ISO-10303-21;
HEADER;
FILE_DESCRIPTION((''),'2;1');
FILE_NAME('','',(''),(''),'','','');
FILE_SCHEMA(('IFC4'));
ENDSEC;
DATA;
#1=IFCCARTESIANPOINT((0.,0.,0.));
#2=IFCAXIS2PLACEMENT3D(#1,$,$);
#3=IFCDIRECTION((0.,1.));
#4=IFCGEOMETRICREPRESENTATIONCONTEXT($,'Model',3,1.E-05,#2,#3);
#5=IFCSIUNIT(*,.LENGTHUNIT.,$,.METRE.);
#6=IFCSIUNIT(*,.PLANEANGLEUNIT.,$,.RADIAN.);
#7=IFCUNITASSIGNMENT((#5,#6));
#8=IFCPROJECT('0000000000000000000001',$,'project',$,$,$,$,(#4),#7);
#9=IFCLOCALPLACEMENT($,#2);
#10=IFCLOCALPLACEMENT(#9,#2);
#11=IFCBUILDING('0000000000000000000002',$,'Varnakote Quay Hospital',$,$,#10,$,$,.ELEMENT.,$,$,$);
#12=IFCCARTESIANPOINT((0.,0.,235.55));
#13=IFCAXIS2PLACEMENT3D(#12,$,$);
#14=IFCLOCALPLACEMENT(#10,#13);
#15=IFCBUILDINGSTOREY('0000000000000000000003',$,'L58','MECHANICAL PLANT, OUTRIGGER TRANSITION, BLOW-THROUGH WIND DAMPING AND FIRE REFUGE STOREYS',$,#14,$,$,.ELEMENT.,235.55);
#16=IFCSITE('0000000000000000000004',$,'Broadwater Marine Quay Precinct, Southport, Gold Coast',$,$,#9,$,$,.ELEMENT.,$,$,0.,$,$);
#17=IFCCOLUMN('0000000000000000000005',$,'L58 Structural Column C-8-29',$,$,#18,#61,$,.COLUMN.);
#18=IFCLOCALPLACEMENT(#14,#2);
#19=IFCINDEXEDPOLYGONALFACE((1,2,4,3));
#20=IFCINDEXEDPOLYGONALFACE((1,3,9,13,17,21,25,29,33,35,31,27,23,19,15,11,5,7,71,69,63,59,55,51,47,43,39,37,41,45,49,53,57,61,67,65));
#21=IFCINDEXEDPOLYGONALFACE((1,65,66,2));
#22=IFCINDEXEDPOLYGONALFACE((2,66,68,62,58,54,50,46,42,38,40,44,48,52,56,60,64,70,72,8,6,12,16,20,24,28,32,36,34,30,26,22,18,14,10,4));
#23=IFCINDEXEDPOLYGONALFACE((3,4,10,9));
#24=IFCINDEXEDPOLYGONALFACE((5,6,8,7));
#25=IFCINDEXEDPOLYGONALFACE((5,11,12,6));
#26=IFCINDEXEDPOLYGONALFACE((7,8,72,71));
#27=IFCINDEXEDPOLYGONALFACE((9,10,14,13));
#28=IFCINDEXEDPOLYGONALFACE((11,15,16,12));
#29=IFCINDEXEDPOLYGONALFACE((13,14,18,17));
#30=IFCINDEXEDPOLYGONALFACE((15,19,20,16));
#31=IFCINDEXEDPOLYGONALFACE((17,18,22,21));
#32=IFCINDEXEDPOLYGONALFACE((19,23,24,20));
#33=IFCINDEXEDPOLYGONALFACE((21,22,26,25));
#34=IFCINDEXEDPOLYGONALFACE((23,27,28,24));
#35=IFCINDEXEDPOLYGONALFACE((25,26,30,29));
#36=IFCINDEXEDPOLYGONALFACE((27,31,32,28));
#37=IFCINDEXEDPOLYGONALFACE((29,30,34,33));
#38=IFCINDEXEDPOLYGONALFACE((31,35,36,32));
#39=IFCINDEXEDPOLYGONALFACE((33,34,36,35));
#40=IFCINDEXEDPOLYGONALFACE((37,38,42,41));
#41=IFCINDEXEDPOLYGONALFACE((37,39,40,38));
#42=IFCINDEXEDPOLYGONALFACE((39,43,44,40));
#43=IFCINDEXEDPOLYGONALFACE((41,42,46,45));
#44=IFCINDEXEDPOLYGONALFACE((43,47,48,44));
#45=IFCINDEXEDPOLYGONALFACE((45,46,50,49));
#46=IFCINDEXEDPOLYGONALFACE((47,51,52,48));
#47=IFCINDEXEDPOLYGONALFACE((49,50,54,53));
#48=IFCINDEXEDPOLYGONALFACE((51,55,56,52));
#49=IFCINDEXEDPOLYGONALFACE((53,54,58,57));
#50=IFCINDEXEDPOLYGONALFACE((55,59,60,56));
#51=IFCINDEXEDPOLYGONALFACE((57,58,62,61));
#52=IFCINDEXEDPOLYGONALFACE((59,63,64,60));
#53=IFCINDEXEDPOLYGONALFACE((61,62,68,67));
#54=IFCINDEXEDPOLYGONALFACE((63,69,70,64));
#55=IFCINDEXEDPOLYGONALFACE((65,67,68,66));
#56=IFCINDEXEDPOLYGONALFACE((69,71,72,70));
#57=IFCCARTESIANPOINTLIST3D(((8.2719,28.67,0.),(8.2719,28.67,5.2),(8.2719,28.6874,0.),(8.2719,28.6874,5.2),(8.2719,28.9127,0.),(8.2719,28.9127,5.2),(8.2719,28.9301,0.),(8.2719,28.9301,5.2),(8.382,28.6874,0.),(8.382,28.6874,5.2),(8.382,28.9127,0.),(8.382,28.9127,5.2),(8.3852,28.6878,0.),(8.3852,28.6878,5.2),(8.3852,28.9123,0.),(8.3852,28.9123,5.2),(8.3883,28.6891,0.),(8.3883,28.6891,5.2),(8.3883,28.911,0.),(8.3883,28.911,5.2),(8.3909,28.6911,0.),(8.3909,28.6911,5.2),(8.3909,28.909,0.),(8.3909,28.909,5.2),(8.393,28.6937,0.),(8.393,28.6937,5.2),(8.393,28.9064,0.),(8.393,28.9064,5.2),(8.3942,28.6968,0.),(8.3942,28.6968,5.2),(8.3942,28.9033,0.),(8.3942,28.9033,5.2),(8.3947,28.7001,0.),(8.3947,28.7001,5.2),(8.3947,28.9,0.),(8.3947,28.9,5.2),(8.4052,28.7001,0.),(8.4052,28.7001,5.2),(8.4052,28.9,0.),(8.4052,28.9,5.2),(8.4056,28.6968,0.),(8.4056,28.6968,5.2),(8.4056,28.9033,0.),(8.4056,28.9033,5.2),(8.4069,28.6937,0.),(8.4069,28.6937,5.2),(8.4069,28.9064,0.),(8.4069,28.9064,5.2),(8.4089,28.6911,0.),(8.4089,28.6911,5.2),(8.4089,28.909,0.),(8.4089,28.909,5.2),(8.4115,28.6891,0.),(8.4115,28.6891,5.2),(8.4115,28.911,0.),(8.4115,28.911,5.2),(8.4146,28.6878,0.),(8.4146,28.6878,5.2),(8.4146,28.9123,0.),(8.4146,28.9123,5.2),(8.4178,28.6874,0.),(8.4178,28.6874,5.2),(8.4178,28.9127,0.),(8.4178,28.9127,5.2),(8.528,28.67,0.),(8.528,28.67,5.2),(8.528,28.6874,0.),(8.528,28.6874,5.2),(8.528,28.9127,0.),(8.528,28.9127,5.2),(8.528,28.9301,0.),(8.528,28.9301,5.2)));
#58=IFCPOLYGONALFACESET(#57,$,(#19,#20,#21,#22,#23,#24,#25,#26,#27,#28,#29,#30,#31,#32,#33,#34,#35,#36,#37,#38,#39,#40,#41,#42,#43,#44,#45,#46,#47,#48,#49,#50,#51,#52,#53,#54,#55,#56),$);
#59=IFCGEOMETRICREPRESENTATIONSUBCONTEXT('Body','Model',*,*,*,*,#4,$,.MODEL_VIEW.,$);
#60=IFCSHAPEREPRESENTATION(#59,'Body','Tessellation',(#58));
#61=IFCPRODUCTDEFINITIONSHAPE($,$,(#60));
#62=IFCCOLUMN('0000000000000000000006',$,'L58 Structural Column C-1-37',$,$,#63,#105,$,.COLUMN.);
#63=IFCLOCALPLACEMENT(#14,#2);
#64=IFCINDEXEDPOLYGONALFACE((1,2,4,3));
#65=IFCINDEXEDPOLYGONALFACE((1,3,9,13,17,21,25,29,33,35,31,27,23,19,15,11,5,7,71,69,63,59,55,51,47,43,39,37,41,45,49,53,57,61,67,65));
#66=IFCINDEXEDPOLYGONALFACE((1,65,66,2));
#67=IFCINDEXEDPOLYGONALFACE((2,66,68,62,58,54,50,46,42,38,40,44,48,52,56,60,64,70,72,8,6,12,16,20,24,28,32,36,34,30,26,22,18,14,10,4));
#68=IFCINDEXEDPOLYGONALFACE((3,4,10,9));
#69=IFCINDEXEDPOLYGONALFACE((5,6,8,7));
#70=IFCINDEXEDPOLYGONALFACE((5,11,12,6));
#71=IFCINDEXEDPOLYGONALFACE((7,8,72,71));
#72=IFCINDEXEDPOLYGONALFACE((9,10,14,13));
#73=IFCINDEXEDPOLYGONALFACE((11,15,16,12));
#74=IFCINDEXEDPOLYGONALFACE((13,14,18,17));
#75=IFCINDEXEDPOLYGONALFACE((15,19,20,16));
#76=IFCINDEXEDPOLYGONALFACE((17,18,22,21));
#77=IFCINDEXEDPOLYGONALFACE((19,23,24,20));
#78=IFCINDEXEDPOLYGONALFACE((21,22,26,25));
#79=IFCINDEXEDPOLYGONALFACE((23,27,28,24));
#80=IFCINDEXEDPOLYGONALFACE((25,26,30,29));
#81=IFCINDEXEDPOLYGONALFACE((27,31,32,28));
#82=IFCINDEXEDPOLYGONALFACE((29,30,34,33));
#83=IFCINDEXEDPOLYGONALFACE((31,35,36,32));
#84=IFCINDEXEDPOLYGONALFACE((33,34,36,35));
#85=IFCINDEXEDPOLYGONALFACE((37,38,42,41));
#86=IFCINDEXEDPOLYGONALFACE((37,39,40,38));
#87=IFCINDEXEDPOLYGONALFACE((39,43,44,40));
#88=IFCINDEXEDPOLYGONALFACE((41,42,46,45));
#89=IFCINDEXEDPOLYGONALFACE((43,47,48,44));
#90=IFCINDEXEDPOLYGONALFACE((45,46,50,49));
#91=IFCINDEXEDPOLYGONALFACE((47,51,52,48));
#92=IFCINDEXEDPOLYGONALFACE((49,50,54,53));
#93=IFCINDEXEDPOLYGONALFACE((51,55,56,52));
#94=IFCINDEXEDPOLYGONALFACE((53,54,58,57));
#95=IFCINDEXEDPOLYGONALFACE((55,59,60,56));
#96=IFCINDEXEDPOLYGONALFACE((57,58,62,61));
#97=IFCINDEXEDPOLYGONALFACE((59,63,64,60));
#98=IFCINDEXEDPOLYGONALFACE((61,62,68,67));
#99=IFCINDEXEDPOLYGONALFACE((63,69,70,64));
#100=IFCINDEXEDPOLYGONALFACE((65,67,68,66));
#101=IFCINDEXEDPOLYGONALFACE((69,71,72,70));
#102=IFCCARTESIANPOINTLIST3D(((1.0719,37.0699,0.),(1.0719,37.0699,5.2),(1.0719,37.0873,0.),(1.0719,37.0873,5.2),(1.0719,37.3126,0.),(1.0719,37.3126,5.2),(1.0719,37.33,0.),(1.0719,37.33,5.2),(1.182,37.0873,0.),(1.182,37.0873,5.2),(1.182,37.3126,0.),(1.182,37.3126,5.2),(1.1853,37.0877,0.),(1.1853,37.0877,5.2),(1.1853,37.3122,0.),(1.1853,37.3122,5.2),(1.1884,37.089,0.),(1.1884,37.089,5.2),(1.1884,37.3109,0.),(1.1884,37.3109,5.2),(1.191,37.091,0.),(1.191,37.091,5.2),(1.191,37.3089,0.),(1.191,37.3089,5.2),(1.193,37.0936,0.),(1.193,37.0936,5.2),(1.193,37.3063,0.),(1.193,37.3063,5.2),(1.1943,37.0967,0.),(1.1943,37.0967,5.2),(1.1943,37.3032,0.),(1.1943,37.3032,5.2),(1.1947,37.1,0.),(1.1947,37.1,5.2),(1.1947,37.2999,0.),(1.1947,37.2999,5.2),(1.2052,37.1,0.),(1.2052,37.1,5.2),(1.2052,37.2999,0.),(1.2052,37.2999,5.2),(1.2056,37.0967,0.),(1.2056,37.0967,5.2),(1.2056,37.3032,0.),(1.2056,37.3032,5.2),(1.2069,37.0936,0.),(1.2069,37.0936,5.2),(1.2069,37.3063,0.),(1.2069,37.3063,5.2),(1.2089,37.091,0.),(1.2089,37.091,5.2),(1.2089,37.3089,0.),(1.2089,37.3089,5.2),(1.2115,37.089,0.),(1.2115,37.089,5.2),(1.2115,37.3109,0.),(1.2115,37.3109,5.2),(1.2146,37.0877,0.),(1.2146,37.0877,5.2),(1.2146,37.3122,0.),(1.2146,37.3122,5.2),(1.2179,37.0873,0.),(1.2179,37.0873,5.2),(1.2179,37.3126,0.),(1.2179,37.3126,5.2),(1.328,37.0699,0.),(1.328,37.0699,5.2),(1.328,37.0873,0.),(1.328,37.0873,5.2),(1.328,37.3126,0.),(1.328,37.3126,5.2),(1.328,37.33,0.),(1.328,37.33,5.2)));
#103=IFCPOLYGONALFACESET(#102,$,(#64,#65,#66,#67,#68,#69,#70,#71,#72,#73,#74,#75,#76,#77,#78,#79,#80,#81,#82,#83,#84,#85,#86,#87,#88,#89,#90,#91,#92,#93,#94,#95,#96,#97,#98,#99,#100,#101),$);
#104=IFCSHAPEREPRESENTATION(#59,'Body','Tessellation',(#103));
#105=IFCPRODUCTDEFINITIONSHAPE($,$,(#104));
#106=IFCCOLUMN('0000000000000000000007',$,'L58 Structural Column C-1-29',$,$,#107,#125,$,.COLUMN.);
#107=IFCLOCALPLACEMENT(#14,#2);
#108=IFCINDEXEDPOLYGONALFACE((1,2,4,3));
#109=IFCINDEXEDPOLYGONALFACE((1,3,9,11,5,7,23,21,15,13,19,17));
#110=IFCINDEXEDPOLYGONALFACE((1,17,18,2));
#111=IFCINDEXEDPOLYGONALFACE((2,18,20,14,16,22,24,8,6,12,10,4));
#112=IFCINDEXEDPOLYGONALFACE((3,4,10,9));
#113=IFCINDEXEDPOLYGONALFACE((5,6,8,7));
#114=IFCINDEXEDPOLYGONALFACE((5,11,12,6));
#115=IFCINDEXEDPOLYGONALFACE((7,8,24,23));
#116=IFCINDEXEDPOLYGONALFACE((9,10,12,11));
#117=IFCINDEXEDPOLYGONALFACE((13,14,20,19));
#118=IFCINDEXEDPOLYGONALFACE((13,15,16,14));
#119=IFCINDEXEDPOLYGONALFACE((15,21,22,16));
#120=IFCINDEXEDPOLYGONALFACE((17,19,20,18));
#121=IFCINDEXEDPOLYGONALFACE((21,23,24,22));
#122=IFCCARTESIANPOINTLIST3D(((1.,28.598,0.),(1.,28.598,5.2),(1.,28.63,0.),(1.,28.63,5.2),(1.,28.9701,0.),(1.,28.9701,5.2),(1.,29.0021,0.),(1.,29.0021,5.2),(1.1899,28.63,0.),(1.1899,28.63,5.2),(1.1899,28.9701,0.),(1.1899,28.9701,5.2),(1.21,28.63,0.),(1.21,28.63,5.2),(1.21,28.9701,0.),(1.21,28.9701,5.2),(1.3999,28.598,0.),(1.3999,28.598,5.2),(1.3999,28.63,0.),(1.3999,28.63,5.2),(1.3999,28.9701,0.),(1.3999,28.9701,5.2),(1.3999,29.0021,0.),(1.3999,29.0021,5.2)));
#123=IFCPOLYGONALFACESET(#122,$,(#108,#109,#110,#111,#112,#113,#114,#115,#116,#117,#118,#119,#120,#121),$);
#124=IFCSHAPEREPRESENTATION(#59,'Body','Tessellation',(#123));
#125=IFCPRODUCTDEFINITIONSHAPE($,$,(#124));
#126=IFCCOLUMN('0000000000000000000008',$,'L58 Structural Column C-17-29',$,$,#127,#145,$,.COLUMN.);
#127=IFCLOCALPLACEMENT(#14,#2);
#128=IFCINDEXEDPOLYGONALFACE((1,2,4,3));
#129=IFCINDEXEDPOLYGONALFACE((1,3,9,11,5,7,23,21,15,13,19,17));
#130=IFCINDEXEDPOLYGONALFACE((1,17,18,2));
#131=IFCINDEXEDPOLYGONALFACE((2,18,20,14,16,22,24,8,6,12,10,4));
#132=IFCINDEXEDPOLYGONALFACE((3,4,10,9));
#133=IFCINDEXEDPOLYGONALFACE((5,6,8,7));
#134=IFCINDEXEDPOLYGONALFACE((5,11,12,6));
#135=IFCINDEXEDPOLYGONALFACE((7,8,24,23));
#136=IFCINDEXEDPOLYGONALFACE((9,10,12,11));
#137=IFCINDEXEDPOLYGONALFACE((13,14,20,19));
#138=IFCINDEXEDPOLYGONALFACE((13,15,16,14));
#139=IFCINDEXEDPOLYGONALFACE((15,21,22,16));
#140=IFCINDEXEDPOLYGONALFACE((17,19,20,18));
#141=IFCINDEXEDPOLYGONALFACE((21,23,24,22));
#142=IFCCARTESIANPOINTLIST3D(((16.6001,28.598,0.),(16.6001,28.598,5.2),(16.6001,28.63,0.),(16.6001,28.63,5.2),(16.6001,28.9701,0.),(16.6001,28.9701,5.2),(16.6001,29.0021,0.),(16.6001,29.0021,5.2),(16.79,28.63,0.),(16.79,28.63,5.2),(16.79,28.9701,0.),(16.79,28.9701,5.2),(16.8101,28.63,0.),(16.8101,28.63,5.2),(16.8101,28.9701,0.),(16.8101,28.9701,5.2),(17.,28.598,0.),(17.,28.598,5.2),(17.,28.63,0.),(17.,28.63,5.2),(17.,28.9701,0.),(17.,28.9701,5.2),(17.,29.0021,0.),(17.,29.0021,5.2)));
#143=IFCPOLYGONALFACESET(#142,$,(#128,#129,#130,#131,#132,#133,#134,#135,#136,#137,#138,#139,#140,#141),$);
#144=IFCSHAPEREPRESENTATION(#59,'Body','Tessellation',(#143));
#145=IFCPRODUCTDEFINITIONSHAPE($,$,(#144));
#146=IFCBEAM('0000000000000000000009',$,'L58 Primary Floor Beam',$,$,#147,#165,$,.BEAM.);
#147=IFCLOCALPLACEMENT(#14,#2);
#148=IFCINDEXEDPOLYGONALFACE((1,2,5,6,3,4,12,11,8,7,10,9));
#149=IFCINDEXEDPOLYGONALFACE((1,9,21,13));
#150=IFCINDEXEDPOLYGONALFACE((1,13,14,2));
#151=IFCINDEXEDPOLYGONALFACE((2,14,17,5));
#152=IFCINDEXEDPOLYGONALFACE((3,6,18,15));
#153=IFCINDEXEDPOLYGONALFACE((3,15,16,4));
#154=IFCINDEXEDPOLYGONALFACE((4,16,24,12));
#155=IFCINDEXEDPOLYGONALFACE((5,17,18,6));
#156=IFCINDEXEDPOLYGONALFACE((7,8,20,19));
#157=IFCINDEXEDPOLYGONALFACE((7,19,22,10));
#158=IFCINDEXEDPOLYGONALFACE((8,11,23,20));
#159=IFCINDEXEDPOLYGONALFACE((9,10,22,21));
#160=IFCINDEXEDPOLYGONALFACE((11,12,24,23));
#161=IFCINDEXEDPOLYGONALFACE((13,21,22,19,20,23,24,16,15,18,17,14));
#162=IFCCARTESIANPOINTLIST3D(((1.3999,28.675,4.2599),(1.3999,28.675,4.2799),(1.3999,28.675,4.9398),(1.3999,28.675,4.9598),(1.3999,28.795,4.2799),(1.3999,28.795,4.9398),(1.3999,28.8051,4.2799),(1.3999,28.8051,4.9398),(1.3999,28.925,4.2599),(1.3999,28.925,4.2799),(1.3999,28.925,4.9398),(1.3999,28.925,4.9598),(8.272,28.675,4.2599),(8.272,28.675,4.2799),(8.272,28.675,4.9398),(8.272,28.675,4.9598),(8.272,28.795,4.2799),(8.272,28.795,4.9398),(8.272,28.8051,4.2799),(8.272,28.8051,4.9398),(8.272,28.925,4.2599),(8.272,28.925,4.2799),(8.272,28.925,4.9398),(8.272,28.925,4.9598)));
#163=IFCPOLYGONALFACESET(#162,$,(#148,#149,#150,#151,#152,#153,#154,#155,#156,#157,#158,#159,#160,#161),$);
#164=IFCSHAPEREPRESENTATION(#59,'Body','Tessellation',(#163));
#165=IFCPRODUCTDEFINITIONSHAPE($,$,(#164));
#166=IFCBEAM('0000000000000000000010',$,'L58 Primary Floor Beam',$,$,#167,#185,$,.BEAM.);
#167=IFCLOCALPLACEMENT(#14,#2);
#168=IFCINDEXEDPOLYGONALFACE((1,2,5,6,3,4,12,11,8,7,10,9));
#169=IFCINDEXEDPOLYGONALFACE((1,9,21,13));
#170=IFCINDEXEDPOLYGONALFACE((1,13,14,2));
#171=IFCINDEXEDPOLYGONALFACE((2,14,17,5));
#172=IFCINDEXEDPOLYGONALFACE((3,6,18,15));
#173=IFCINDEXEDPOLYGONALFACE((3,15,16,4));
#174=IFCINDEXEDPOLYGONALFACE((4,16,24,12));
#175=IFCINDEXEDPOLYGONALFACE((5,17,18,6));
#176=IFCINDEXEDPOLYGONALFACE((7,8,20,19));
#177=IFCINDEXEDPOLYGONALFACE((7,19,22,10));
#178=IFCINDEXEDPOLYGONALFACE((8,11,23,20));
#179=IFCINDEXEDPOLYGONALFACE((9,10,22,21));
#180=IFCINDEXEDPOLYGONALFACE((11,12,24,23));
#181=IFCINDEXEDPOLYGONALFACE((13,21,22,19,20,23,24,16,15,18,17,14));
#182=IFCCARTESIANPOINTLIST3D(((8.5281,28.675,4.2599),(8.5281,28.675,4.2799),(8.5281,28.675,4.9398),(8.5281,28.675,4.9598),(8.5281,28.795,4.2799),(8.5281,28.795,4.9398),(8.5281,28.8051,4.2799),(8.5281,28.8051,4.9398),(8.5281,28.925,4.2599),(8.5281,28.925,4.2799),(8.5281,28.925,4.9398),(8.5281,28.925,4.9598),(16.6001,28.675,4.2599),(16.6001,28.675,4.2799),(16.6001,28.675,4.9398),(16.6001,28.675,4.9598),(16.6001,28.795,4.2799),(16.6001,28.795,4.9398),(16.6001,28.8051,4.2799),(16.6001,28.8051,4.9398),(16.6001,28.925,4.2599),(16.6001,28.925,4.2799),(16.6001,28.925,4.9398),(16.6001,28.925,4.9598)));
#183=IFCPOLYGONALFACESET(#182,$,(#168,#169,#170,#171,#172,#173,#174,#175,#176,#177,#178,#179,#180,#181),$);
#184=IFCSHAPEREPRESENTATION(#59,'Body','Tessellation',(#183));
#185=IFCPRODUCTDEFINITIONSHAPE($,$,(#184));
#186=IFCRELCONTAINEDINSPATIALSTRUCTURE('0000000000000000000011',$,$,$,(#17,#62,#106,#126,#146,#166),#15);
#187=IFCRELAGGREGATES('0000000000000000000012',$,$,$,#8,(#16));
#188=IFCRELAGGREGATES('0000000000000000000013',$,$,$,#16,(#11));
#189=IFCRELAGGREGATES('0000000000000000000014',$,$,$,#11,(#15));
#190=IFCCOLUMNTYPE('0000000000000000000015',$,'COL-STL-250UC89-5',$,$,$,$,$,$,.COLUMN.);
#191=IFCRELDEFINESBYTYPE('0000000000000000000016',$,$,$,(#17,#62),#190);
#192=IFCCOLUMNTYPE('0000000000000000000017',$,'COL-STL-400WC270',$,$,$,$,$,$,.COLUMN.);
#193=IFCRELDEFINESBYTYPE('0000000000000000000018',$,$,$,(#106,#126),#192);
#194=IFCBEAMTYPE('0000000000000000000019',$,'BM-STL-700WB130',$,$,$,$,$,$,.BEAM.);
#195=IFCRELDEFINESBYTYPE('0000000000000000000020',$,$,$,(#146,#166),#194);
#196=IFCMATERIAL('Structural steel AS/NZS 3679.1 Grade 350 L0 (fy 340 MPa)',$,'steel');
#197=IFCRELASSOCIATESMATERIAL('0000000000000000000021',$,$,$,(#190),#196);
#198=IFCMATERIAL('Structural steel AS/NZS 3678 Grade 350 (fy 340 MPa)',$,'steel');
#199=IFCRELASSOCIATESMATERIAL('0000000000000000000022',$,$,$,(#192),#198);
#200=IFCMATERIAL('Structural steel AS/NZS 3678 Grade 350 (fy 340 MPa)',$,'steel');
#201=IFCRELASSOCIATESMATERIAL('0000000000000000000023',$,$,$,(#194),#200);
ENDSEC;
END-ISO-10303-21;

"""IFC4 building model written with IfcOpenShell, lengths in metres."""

from ifc_helpers import new_model, si_unit, direction, frame, origin, origin_2d, place, context, subcontext, project, spatial, i_section, extrude, material, material_profile, profile_set, type_object, element, save


model = new_model("IFC4")

# Units and contexts
model_context = context("Model", 3, precision=1e-05, world=origin(), true_north=direction((0.0, 1.0)))
body_context = subcontext(model_context, "Body", "Model", "MODEL_VIEW")
ifc_project = project(units=[si_unit("LENGTHUNIT", "METRE"), si_unit("PLANEANGLEUNIT", "RADIAN")], contexts=[model_context])

# Site, building, storey
site_placement = place(None, origin())
site = spatial("IfcSite", under=ifc_project, at=site_placement, Name="Broadwater Marine Quay Precinct, Southport, Gold Coast", CompositionType="ELEMENT", RefElevation=0.0)
building_placement = place(site_placement, origin())
building = spatial("IfcBuilding", under=site, at=building_placement, Name="Varnakote Quay Hospital", CompositionType="ELEMENT")
storey_placement = place(building_placement, frame((0.0, 0.0, 235.55)))
storey = spatial("IfcBuildingStorey", under=building, at=storey_placement, Name="L58", Description="MECHANICAL PLANT, OUTRIGGER TRANSITION, BLOW-THROUGH WIND DAMPING AND FIRE REFUGE STOREYS", CompositionType="ELEMENT", Elevation=235.55)

# Columns
ifc_material_1 = material(Name="Structural steel AS/NZS 3679.1 Grade 350 L0 (fy 340 MPa)", Category="steel")
ifc_material_profile_1 = material_profile(ifc_material_1, i_section(OverallWidth=0.2561, OverallDepth=0.26, WebThickness=0.0105, FlangeThickness=0.0173, FilletRadius=0.0127, at=origin_2d()), Name="250UC89.5")
ifc_profile_set_1 = profile_set([ifc_material_profile_1], Name="Structural steel AS/NZS 3679.1 Grade 350 L0 (fy 340 MPa)")
column_type_1 = type_object("IfcColumnType", Name="COL-STL-250UC89-5", PredefinedType="COLUMN", material=ifc_profile_set_1)
for number, where, z_axis, x_axis, name in (
    (1, (8.3999, 28.8, 0.0), (0.0, 0.0, 1.0), (1.0, 0.0, 0.0), "L58 Structural Column C-8-29"),
    (2, (1.2, 37.2, 0.0), (0.0, 0.0, 1.0), (1.0, 0.0, 0.0), "L58 Structural Column C-1-37"),
):
    element("IfcColumn", number, at=place(storey_placement, frame(where, z_axis=z_axis, x_axis=x_axis)), inside=storey, type_object=column_type_1, Name=name, PredefinedType="COLUMN", context=body_context, shape_type="SweptSolid", body=[
        extrude(i_section(OverallWidth=0.2561, OverallDepth=0.26, WebThickness=0.0105, FlangeThickness=0.0173, FilletRadius=0.0127, at=origin_2d()), origin(), (0.0, 0.0, 1.0), 5.2),
    ])
ifc_material_2 = material(Name="Structural steel AS/NZS 3678 Grade 350 (fy 340 MPa)", Category="steel")
ifc_material_profile_2 = material_profile(ifc_material_2, i_section(OverallWidth=0.3999, OverallDepth=0.4041, WebThickness=0.02, FlangeThickness=0.032, at=origin_2d()), Name="400WC270")
ifc_profile_set_2 = profile_set([ifc_material_profile_2], Name="Structural steel AS/NZS 3678 Grade 350 (fy 340 MPa)")
column_type_2 = type_object("IfcColumnType", Name="COL-STL-400WC270", PredefinedType="COLUMN", material=ifc_profile_set_2)
for number, where, z_axis, x_axis, name in (
    (3, (1.2, 28.8, 0.0), (0.0, 0.0, 1.0), (1.0, 0.0, 0.0), "L58 Structural Column C-1-29"),
    (4, (16.8, 28.8, 0.0), (0.0, 0.0, 1.0), (1.0, 0.0, 0.0), "L58 Structural Column C-17-29"),
):
    element("IfcColumn", number, at=place(storey_placement, frame(where, z_axis=z_axis, x_axis=x_axis)), inside=storey, type_object=column_type_2, Name=name, PredefinedType="COLUMN", context=body_context, shape_type="SweptSolid", body=[
        extrude(i_section(OverallWidth=0.3999, OverallDepth=0.4041, WebThickness=0.02, FlangeThickness=0.032, at=origin_2d()), origin(), (0.0, 0.0, 1.0), 5.2),
    ])

# Beams
ifc_material_3 = material(Name="Structural steel AS/NZS 3678 Grade 350 (fy 340 MPa)", Category="steel")
ifc_material_profile_3 = material_profile(ifc_material_3, i_section(OverallWidth=0.25, OverallDepth=0.7, WebThickness=0.01, FlangeThickness=0.02, at=origin_2d()), Name="700WB130")
ifc_profile_set_3 = profile_set([ifc_material_profile_3], Name="Structural steel AS/NZS 3678 Grade 350 (fy 340 MPa)")
beam_type_1 = type_object("IfcBeamType", Name="BM-STL-700WB130", PredefinedType="BEAM", material=ifc_profile_set_3)
beam_1_placement = place(storey_placement, frame((1.3999, 28.8, 4.6099), z_axis=(1.0, 0.0, 0.0), x_axis=(0.0, 1.0, 0.0)))
element("IfcBeam", 5, at=beam_1_placement, inside=storey, type_object=beam_type_1, Name="L58 Primary Floor Beam", PredefinedType="BEAM", context=body_context, shape_type="SweptSolid", body=[
    extrude(i_section(OverallWidth=0.25, OverallDepth=0.7, WebThickness=0.01, FlangeThickness=0.02, at=origin_2d()), origin(), (0.0, 0.0, 1.0), 6.8721),
])
beam_2_placement = place(storey_placement, frame((8.5281, 28.8, 4.6099), z_axis=(1.0, 0.0, 0.0), x_axis=(0.0, 1.0, 0.0)))
element("IfcBeam", 6, at=beam_2_placement, inside=storey, type_object=beam_type_1, Name="L58 Primary Floor Beam", PredefinedType="BEAM", context=body_context, shape_type="SweptSolid", body=[
    extrude(i_section(OverallWidth=0.25, OverallDepth=0.7, WebThickness=0.01, FlangeThickness=0.02, at=origin_2d()), origin(), (0.0, 0.0, 1.0), 8.072),
])

save(model, "model.ifc")
